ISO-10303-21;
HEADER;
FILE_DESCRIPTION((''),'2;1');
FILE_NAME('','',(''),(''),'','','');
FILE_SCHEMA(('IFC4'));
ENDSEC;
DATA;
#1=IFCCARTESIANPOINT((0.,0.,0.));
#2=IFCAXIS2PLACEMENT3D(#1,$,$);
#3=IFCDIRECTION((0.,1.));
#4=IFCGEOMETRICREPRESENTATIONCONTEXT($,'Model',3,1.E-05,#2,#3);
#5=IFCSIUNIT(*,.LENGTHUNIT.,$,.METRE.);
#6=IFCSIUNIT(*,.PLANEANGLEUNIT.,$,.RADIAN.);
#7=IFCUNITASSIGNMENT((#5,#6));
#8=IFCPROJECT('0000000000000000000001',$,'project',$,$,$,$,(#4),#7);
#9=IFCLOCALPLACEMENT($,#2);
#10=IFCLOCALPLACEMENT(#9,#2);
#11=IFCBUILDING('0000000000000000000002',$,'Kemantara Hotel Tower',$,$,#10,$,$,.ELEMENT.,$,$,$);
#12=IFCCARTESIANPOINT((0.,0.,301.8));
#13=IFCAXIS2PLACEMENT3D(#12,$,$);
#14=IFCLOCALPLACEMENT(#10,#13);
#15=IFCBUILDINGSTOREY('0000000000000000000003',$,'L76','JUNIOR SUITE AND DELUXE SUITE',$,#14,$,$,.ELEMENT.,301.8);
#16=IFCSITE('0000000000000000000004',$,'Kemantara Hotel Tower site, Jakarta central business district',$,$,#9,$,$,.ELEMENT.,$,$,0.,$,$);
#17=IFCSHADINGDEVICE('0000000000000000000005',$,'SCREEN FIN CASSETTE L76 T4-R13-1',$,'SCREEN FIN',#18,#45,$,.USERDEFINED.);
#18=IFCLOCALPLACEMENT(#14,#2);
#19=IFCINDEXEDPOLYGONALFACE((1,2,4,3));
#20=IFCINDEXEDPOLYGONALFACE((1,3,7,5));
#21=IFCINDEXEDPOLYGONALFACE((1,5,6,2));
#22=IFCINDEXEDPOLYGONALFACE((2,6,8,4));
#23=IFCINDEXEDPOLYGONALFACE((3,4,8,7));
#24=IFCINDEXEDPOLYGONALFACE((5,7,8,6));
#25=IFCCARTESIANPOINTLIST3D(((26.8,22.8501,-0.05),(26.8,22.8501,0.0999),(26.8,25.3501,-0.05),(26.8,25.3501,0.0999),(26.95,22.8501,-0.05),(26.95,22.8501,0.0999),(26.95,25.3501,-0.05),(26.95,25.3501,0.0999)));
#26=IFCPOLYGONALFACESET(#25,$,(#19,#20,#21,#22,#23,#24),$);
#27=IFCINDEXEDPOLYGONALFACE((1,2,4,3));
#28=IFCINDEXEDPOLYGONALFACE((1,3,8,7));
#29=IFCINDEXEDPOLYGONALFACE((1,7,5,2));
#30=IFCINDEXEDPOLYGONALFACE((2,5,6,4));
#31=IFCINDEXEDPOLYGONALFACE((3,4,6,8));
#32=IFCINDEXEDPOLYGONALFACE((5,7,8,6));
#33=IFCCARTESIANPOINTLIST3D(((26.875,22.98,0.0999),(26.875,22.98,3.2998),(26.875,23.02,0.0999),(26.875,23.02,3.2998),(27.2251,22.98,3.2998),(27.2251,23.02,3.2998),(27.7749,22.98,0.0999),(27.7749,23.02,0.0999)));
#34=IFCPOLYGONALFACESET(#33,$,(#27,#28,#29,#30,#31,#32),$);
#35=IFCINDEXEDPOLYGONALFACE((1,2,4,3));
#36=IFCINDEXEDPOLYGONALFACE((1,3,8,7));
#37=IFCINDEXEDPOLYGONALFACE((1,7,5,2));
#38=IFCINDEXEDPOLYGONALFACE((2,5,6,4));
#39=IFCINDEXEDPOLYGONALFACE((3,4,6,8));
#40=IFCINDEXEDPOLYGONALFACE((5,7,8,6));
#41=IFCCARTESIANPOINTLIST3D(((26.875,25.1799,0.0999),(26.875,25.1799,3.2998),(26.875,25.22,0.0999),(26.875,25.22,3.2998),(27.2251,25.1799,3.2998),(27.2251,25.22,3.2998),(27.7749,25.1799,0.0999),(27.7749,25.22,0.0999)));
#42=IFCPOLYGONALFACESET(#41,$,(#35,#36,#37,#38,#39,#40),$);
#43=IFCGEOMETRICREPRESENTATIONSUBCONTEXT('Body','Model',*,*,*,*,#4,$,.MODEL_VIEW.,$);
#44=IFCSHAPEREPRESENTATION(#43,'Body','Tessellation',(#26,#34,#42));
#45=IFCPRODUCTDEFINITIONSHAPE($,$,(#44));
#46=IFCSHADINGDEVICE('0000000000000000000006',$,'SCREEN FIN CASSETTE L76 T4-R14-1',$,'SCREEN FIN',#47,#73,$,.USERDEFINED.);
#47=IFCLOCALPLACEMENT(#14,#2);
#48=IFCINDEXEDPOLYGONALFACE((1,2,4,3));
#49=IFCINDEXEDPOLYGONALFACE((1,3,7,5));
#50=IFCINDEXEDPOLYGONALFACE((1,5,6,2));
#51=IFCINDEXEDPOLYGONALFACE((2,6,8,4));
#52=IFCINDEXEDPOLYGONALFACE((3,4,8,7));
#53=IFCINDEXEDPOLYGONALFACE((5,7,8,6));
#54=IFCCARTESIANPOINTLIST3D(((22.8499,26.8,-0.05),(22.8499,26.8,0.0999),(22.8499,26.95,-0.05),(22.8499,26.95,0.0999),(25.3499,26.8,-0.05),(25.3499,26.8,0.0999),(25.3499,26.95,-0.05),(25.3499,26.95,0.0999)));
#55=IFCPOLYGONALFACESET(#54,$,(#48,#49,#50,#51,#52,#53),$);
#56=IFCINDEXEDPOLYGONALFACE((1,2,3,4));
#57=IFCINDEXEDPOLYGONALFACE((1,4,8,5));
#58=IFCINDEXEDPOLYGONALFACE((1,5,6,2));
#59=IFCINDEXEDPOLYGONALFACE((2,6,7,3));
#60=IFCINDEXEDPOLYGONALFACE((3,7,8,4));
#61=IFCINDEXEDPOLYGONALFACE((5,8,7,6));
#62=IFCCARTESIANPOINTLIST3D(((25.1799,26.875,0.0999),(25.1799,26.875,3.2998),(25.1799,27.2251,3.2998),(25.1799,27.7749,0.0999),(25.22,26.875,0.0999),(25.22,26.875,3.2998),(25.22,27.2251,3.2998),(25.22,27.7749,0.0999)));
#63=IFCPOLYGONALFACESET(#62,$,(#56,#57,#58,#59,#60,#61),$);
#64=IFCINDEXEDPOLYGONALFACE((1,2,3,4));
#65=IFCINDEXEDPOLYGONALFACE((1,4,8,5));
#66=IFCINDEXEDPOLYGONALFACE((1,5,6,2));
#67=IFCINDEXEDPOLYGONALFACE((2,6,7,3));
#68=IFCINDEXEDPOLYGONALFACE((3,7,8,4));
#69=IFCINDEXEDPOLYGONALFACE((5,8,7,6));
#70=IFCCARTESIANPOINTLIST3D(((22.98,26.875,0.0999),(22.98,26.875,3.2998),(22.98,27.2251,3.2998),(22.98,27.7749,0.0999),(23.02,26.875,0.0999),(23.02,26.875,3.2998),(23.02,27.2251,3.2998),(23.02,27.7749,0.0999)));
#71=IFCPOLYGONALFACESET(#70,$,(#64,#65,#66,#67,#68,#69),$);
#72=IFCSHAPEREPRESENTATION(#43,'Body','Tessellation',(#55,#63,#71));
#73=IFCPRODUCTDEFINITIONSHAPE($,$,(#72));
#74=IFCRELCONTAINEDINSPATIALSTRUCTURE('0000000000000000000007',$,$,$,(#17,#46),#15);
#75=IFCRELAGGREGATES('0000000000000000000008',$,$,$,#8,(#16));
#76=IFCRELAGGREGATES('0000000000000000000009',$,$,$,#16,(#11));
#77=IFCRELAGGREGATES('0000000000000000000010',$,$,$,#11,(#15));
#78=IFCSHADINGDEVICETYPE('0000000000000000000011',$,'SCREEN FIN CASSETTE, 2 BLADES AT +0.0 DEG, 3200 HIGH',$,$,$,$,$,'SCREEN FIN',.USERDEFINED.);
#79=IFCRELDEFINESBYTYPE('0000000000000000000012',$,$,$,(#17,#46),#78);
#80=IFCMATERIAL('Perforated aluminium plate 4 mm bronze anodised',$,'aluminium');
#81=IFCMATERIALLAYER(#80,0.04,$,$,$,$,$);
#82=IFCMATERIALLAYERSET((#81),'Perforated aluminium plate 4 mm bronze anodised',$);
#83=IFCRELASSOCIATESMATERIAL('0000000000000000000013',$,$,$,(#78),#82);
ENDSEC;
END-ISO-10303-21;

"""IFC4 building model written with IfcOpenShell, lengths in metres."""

from ifc_helpers import new_model, si_unit, direction, frame, origin, origin_2d, place, context, subcontext, project, spatial, polyline, rectangle, outline, extrude, source, transform, mapped, material, layer, layer_set, type_object, element, save


model = new_model("IFC4")

# Units and contexts
model_context = context("Model", 3, precision=1e-05, world=origin(), true_north=direction((0.0, 1.0)))
body_context = subcontext(model_context, "Body", "Model", "MODEL_VIEW")
ifc_project = project(units=[si_unit("LENGTHUNIT", "METRE"), si_unit("PLANEANGLEUNIT", "RADIAN")], contexts=[model_context])

# Site, building, storey
site_placement = place(None, origin())
site = spatial("IfcSite", under=ifc_project, at=site_placement, Name="Kemantara Hotel Tower site, Jakarta central business district", CompositionType="ELEMENT", RefElevation=0.0)
building_placement = place(site_placement, origin())
building = spatial("IfcBuilding", under=site, at=building_placement, Name="Kemantara Hotel Tower", CompositionType="ELEMENT")
storey_placement = place(building_placement, frame((0.0, 0.0, 301.8)))
storey = spatial("IfcBuildingStorey", under=building, at=storey_placement, Name="L76", Description="JUNIOR SUITE AND DELUXE SUITE", CompositionType="ELEMENT", Elevation=301.8)

# Shading devices
ifc_material_1 = material(Name="Perforated aluminium plate 4 mm bronze anodised", Category="aluminium")
ifc_layer_1 = layer(ifc_material_1, 0.04)
ifc_layer_set_1 = layer_set([ifc_layer_1], Name="Perforated aluminium plate 4 mm bronze anodised")
shading_device_type_1 = type_object("IfcShadingDeviceType", Name="SCREEN FIN CASSETTE, 2 BLADES AT +0.0 DEG, 3200 HIGH", ElementType="SCREEN FIN", PredefinedType="USERDEFINED", material=ifc_layer_set_1)
shared_shape_1 = source(origin(), body_context, "Body", "SweptSolid", [
    extrude(rectangle(XDim=2.5, YDim=0.1499, at=origin_2d()), frame((1.1001, -0.075, -0.1499), z_axis=(0.0, 0.0, 1.0), x_axis=(1.0, 0.0, 0.0)), (0.0, 0.0, 1.0), 0.1499),
    extrude(outline(polyline([(0.0, 0.0), (0.8999, 0.0), (0.3501, 3.2), (0.0, 3.2), (0.0, 0.0)])), frame((0.02, -0.075, 0.0), z_axis=(-1.0, 0.0, 0.0), x_axis=(0.0, -1.0, 0.0)), (0.0, 0.0, 1.0), 0.04),
    extrude(outline(polyline([(0.0, 0.0), (0.8999, 0.0), (0.3501, 3.2), (0.0, 3.2), (0.0, 0.0)])), frame((2.22, -0.075, 0.0), z_axis=(-1.0, 0.0, 0.0), x_axis=(0.0, -1.0, 0.0)), (0.0, 0.0, 1.0), 0.04),
])
for number, where, z_axis, x_axis, name in (
    (1, (26.8, 23.0, 0.0999), (0.0, 0.0, 1.0), (0.0, 1.0, 0.0), "SCREEN FIN CASSETTE L76 T4-R13-1"),
    (2, (25.2, 26.8, 0.0999), (0.0, 0.0, 1.0), (-1.0, 0.0, 0.0), "SCREEN FIN CASSETTE L76 T4-R14-1"),
):
    element("IfcShadingDevice", number, at=place(storey_placement, frame(where, z_axis=z_axis, x_axis=x_axis)), inside=storey, type_object=shading_device_type_1, Name=name, ObjectType="SCREEN FIN", PredefinedType="USERDEFINED", context=body_context, shape_type="MappedRepresentation", body=[
        mapped(shared_shape_1, transform((0.0, 0.0, 0.0))),
    ])

save(model, "model.ifc")
